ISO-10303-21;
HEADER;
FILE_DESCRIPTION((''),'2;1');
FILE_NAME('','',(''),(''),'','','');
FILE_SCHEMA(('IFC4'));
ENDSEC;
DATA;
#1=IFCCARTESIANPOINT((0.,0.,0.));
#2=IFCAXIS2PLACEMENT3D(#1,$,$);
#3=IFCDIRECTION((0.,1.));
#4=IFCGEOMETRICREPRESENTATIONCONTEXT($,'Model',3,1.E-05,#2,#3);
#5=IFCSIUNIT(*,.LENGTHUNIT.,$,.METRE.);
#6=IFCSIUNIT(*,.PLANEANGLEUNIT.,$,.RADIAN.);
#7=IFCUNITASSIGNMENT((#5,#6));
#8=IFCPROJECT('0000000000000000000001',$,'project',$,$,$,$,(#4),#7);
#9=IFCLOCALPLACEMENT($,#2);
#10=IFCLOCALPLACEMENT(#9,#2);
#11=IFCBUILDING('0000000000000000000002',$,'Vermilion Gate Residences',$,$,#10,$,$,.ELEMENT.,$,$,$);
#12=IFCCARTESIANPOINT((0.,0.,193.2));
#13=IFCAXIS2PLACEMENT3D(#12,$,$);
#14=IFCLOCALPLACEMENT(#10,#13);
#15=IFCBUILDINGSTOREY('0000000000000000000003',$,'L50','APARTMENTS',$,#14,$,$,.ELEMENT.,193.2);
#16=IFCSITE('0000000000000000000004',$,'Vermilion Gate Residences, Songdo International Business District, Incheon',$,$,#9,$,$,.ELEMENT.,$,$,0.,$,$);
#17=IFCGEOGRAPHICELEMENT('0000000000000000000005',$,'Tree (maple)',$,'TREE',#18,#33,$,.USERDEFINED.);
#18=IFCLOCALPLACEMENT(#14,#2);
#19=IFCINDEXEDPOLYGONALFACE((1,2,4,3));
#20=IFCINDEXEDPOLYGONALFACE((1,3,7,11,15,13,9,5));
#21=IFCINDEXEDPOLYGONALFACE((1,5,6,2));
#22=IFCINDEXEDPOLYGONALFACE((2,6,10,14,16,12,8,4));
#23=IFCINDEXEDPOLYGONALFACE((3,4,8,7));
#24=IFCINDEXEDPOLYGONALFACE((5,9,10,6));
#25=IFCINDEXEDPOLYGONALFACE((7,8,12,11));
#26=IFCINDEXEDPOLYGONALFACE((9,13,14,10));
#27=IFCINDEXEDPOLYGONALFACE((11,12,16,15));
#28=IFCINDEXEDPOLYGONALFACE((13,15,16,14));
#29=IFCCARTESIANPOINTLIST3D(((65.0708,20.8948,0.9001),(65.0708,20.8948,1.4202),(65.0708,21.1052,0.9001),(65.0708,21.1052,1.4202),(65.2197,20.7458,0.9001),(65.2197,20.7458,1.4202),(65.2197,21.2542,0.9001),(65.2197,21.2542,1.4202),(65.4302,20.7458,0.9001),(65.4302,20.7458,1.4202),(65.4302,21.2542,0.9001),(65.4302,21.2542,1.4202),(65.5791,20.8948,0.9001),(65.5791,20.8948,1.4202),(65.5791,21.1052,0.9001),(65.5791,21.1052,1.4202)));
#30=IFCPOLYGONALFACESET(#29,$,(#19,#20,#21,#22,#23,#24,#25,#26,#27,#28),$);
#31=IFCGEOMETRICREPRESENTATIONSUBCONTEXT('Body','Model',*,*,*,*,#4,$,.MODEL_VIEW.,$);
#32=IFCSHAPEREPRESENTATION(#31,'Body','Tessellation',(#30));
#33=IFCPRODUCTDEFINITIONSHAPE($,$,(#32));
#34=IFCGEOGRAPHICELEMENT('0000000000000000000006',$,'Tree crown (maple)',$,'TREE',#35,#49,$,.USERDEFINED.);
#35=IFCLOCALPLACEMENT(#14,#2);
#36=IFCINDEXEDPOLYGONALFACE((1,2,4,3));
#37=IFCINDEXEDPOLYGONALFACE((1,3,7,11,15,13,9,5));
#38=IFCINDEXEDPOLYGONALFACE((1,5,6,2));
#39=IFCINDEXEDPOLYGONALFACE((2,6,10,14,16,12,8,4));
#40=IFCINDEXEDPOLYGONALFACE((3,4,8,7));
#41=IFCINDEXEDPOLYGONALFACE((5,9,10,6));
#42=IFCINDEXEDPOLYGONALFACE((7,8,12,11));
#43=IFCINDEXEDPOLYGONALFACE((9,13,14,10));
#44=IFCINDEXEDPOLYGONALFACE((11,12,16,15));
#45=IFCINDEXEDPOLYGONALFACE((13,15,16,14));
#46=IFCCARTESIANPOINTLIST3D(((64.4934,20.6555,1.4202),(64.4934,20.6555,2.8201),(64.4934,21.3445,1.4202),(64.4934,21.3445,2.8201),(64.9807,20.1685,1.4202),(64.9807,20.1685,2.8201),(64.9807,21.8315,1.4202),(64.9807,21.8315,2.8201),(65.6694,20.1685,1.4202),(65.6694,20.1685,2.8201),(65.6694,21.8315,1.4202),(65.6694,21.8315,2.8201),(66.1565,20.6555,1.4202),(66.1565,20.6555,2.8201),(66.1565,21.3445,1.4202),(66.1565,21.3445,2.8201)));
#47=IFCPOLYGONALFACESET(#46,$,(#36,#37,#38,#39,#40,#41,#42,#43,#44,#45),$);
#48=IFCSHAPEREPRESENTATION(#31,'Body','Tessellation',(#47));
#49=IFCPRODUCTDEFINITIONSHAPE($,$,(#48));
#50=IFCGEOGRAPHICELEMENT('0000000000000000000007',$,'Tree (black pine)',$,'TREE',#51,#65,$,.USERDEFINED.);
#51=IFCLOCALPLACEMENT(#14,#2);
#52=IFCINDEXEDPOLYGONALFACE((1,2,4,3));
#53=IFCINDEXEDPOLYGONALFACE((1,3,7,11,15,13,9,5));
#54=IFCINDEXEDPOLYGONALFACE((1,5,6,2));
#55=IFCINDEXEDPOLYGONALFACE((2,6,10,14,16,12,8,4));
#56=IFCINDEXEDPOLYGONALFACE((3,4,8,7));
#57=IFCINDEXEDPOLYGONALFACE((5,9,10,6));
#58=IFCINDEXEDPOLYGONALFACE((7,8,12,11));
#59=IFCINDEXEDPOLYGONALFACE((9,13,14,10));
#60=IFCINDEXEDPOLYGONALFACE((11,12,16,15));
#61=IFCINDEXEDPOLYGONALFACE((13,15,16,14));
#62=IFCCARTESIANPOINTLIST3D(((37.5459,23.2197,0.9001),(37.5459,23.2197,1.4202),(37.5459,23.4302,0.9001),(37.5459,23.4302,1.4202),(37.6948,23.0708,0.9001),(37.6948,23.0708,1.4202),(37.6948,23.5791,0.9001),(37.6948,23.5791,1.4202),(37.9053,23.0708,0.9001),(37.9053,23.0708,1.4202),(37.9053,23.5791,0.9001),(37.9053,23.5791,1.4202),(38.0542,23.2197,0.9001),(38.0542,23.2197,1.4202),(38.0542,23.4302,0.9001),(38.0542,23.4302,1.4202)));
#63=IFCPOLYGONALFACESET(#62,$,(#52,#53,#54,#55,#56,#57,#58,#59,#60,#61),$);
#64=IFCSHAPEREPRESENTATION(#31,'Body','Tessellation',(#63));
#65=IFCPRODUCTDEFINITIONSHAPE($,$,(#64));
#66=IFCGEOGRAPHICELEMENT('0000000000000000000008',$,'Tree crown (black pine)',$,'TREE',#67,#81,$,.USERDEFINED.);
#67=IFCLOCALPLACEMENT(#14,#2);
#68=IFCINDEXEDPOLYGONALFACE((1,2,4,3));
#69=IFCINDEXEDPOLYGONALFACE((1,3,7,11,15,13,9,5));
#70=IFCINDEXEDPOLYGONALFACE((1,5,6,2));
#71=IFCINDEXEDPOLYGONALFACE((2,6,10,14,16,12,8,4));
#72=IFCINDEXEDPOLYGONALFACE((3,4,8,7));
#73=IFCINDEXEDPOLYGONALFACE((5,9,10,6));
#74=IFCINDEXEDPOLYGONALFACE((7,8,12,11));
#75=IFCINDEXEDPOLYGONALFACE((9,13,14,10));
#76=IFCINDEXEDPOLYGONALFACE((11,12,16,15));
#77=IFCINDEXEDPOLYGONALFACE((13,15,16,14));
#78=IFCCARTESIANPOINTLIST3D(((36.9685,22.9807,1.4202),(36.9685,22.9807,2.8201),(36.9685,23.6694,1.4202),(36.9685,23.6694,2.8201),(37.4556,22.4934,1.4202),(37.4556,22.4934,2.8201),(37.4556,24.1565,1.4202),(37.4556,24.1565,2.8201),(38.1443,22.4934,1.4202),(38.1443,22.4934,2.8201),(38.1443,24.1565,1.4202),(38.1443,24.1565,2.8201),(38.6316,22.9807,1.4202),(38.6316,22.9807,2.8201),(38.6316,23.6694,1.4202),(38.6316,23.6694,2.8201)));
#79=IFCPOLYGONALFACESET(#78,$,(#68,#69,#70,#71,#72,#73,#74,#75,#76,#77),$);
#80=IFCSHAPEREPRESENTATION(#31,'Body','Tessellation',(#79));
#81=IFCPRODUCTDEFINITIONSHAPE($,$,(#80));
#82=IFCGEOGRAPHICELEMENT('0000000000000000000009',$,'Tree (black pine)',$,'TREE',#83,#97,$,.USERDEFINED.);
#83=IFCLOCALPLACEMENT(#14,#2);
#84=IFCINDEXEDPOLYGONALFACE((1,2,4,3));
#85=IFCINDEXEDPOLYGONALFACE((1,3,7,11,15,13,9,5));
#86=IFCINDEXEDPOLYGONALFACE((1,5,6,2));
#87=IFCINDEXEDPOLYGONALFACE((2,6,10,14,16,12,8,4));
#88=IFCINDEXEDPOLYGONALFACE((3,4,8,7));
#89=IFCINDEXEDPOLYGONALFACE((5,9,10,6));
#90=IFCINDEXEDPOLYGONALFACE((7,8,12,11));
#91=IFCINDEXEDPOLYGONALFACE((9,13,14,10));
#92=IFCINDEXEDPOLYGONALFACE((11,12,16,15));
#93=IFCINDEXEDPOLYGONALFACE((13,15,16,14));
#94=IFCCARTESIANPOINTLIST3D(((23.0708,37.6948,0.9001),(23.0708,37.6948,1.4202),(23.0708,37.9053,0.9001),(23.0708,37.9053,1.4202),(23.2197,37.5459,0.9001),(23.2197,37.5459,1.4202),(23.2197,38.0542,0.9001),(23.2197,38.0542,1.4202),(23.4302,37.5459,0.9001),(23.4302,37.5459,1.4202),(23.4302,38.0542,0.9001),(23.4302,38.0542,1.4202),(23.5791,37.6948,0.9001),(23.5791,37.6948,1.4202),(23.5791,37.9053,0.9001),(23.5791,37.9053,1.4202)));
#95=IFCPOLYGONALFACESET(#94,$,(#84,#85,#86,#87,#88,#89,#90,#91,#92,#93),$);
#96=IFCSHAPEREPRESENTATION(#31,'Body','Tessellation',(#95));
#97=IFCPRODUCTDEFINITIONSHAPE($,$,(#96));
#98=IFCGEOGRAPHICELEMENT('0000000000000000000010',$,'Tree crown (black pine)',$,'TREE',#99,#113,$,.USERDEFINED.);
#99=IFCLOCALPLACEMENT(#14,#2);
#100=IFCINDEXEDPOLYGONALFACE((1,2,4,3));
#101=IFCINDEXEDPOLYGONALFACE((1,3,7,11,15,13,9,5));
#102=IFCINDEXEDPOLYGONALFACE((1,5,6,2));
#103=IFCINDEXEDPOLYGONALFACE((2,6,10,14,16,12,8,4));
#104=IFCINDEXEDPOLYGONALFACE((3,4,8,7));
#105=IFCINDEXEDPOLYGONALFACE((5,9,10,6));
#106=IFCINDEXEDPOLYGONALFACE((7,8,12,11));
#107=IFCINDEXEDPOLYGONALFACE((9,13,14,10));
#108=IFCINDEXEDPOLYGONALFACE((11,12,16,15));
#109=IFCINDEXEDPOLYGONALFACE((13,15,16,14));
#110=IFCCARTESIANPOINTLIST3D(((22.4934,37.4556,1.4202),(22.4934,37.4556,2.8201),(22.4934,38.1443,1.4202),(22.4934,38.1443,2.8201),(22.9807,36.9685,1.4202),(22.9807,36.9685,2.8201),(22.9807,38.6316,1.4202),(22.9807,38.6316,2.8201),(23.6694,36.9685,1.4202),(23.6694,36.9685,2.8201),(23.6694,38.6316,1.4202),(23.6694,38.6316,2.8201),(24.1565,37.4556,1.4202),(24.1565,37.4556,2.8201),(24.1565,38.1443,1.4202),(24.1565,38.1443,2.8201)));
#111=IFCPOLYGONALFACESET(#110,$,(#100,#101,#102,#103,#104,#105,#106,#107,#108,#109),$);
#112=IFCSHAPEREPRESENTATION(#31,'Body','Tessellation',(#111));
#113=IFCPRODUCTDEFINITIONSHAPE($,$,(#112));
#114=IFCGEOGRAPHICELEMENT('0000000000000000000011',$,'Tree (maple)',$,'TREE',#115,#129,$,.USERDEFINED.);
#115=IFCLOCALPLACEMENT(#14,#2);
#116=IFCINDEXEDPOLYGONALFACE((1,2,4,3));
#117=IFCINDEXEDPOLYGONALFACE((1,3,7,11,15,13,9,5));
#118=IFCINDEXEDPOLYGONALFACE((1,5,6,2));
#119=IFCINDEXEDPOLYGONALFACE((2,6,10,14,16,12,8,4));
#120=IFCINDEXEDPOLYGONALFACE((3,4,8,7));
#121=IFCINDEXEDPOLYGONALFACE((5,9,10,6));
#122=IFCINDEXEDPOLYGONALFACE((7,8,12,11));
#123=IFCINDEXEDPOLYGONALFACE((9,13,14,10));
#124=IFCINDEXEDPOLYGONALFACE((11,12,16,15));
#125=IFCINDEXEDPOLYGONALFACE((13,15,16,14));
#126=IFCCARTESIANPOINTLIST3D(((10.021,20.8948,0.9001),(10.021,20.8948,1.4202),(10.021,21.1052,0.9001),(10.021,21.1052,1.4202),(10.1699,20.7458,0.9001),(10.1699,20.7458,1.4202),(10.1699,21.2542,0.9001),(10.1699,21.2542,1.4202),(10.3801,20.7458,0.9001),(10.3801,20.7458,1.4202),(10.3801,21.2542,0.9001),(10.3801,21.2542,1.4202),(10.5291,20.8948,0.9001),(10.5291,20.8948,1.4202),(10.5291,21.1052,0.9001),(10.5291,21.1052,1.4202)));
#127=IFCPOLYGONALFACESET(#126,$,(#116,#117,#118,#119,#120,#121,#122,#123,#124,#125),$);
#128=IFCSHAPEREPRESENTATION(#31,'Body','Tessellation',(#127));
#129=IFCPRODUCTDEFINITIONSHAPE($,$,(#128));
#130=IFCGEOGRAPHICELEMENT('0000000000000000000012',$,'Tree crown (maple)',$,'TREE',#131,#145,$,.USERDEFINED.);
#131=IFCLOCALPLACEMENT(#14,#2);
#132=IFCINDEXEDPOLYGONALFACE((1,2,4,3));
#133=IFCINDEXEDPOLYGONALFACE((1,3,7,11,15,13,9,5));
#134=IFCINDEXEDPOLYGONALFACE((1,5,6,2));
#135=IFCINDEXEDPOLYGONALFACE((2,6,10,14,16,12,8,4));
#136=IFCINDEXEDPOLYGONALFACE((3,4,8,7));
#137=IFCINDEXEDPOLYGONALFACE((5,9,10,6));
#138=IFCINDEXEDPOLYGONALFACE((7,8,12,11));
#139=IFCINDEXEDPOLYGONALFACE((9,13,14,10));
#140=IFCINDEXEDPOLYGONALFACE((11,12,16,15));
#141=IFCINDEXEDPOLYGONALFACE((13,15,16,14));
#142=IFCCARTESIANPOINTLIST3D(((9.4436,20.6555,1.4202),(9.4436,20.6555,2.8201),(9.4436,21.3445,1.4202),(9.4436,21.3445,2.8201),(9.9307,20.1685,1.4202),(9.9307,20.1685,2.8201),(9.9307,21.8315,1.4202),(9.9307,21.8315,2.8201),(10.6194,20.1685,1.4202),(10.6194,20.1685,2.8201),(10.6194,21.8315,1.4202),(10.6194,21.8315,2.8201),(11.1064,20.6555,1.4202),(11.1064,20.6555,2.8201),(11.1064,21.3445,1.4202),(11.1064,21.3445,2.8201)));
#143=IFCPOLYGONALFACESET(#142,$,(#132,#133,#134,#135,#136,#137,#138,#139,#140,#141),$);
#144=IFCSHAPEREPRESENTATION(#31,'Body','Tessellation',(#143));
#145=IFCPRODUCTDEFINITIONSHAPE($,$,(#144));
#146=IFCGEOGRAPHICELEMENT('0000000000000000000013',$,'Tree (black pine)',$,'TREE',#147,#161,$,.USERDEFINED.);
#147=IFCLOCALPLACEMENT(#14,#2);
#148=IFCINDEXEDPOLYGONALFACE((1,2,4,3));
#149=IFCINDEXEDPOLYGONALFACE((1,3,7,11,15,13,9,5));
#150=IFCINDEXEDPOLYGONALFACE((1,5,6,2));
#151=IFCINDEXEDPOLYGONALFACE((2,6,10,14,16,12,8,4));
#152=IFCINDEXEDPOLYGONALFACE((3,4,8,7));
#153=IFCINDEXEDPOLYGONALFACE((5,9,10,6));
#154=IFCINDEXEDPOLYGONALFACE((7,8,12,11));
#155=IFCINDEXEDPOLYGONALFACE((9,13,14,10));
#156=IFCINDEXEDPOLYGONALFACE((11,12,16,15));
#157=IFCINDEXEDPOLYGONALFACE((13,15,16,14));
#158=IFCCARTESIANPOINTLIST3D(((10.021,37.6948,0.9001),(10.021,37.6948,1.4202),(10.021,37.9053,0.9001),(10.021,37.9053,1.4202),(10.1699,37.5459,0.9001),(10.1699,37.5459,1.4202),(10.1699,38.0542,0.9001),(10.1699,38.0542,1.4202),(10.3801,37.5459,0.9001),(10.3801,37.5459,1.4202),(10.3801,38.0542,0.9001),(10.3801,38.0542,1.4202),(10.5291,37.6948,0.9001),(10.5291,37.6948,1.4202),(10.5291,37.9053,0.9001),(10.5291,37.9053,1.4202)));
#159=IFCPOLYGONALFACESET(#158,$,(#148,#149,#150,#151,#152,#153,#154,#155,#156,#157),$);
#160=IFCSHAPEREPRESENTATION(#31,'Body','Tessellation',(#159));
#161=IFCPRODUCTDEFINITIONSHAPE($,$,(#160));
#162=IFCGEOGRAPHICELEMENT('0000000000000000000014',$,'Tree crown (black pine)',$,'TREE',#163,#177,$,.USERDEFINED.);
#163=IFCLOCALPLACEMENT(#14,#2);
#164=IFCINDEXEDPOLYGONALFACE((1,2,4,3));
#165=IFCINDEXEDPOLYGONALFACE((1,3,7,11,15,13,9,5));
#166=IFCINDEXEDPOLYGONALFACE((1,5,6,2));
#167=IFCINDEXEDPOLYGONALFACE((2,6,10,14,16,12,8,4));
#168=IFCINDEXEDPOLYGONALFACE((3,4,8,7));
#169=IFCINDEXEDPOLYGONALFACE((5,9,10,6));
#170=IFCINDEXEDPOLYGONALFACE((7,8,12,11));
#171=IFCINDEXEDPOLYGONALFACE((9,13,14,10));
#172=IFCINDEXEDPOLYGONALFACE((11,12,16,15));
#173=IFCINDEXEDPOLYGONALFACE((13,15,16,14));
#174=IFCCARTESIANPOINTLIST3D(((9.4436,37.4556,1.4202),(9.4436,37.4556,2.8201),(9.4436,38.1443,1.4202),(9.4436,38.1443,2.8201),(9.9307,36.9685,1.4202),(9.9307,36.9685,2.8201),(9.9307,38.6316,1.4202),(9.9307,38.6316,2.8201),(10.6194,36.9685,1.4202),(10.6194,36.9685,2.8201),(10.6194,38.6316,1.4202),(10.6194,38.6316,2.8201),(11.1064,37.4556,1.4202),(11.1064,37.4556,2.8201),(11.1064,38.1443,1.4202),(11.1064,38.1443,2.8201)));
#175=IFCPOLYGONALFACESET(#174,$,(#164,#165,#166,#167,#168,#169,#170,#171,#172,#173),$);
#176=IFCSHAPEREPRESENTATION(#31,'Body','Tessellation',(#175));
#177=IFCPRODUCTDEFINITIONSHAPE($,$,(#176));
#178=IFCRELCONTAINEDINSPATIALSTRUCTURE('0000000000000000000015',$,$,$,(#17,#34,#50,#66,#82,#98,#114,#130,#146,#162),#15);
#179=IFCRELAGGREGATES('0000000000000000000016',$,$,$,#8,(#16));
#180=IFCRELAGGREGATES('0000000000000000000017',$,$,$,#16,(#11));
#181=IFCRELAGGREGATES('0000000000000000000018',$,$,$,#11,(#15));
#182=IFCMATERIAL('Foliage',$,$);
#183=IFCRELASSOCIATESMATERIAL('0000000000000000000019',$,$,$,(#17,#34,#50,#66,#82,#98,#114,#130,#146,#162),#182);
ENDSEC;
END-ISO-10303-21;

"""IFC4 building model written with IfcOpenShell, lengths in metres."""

from ifc_helpers import new_model, si_unit, direction, frame, origin, place, context, subcontext, project, spatial, polyline, outline, extrude, material, element, save


model = new_model("IFC4")

# Units and contexts
model_context = context("Model", 3, precision=1e-05, world=origin(), true_north=direction((0.0, 1.0)))
body_context = subcontext(model_context, "Body", "Model", "MODEL_VIEW")
ifc_project = project(units=[si_unit("LENGTHUNIT", "METRE"), si_unit("PLANEANGLEUNIT", "RADIAN")], contexts=[model_context])

# Site, building, storey
site_placement = place(None, origin())
site = spatial("IfcSite", under=ifc_project, at=site_placement, Name="Vermilion Gate Residences, Songdo International Business District, Incheon", CompositionType="ELEMENT", RefElevation=0.0)
building_placement = place(site_placement, origin())
building = spatial("IfcBuilding", under=site, at=building_placement, Name="Vermilion Gate Residences", CompositionType="ELEMENT")
storey_placement = place(building_placement, frame((0.0, 0.0, 193.2)))
storey = spatial("IfcBuildingStorey", under=building, at=storey_placement, Name="L50", Description="APARTMENTS", CompositionType="ELEMENT", Elevation=193.2)

# Geographic elements
ifc_material_1 = material(Name="Foliage")
geographic_element_1_placement = place(storey_placement, frame((0.0, 0.0, 0.9001)))
element("IfcGeographicElement", 1, at=geographic_element_1_placement, inside=storey, material=ifc_material_1, Name="Tree (maple)", ObjectType="TREE", PredefinedType="USERDEFINED", context=body_context, shape_type="SweptSolid", body=[
    extrude(outline(polyline([(65.5791, 21.1052), (65.4302, 21.2542), (65.2197, 21.2542), (65.0708, 21.1052), (65.0708, 20.8948), (65.2197, 20.7458), (65.4302, 20.7458), (65.5791, 20.8948), (65.5791, 21.1052)])), origin(), (0.0, 0.0, 1.0), 0.52),
])
geographic_element_2_placement = place(storey_placement, frame((0.0, 0.0, 1.4202)))
element("IfcGeographicElement", 2, at=geographic_element_2_placement, inside=storey, material=ifc_material_1, Name="Tree crown (maple)", ObjectType="TREE", PredefinedType="USERDEFINED", context=body_context, shape_type="SweptSolid", body=[
    extrude(outline(polyline([(66.1565, 21.3445), (65.6694, 21.8315), (64.9807, 21.8315), (64.4934, 21.3445), (64.4934, 20.6555), (64.9807, 20.1685), (65.6694, 20.1685), (66.1565, 20.6555), (66.1565, 21.3445)])), origin(), (0.0, 0.0, 1.0), 1.3999),
])
geographic_element_3_placement = place(storey_placement, frame((0.0, 0.0, 0.9001)))
element("IfcGeographicElement", 3, at=geographic_element_3_placement, inside=storey, material=ifc_material_1, Name="Tree (black pine)", ObjectType="TREE", PredefinedType="USERDEFINED", context=body_context, shape_type="SweptSolid", body=[
    extrude(outline(polyline([(38.0542, 23.4302), (37.9053, 23.5791), (37.6948, 23.5791), (37.5459, 23.4302), (37.5459, 23.2197), (37.6948, 23.0708), (37.9053, 23.0708), (38.0542, 23.2197), (38.0542, 23.4302)])), origin(), (0.0, 0.0, 1.0), 0.52),
])
geographic_element_4_placement = place(storey_placement, frame((0.0, 0.0, 1.4202)))
element("IfcGeographicElement", 4, at=geographic_element_4_placement, inside=storey, material=ifc_material_1, Name="Tree crown (black pine)", ObjectType="TREE", PredefinedType="USERDEFINED", context=body_context, shape_type="SweptSolid", body=[
    extrude(outline(polyline([(38.6316, 23.6694), (38.1443, 24.1565), (37.4556, 24.1565), (36.9685, 23.6694), (36.9685, 22.9807), (37.4556, 22.4934), (38.1443, 22.4934), (38.6316, 22.9807), (38.6316, 23.6694)])), origin(), (0.0, 0.0, 1.0), 1.3999),
])
geographic_element_5_placement = place(storey_placement, frame((0.0, 0.0, 0.9001)))
element("IfcGeographicElement", 5, at=geographic_element_5_placement, inside=storey, material=ifc_material_1, Name="Tree (black pine)", ObjectType="TREE", PredefinedType="USERDEFINED", context=body_context, shape_type="SweptSolid", body=[
    extrude(outline(polyline([(23.5791, 37.9053), (23.4302, 38.0542), (23.2197, 38.0542), (23.0708, 37.9053), (23.0708, 37.6948), (23.2197, 37.5459), (23.4302, 37.5459), (23.5791, 37.6948), (23.5791, 37.9053)])), origin(), (0.0, 0.0, 1.0), 0.52),
])
geographic_element_6_placement = place(storey_placement, frame((0.0, 0.0, 1.4202)))
element("IfcGeographicElement", 6, at=geographic_element_6_placement, inside=storey, material=ifc_material_1, Name="Tree crown (black pine)", ObjectType="TREE", PredefinedType="USERDEFINED", context=body_context, shape_type="SweptSolid", body=[
    extrude(outline(polyline([(24.1565, 38.1443), (23.6694, 38.6316), (22.9807, 38.6316), (22.4934, 38.1443), (22.4934, 37.4556), (22.9807, 36.9685), (23.6694, 36.9685), (24.1565, 37.4556), (24.1565, 38.1443)])), origin(), (0.0, 0.0, 1.0), 1.3999),
])
geographic_element_7_placement = place(storey_placement, frame((0.0, 0.0, 0.9001)))
element("IfcGeographicElement", 7, at=geographic_element_7_placement, inside=storey, material=ifc_material_1, Name="Tree (maple)", ObjectType="TREE", PredefinedType="USERDEFINED", context=body_context, shape_type="SweptSolid", body=[
    extrude(outline(polyline([(10.5291, 21.1052), (10.3801, 21.2542), (10.1699, 21.2542), (10.021, 21.1052), (10.021, 20.8948), (10.1699, 20.7458), (10.3801, 20.7458), (10.5291, 20.8948), (10.5291, 21.1052)])), origin(), (0.0, 0.0, 1.0), 0.52),
])
geographic_element_8_placement = place(storey_placement, frame((0.0, 0.0, 1.4202)))
element("IfcGeographicElement", 8, at=geographic_element_8_placement, inside=storey, material=ifc_material_1, Name="Tree crown (maple)", ObjectType="TREE", PredefinedType="USERDEFINED", context=body_context, shape_type="SweptSolid", body=[
    extrude(outline(polyline([(11.1064, 21.3445), (10.6194, 21.8315), (9.9307, 21.8315), (9.4436, 21.3445), (9.4436, 20.6555), (9.9307, 20.1685), (10.6194, 20.1685), (11.1064, 20.6555), (11.1064, 21.3445)])), origin(), (0.0, 0.0, 1.0), 1.3999),
])
geographic_element_9_placement = place(storey_placement, frame((0.0, 0.0, 0.9001)))
element("IfcGeographicElement", 9, at=geographic_element_9_placement, inside=storey, material=ifc_material_1, Name="Tree (black pine)", ObjectType="TREE", PredefinedType="USERDEFINED", context=body_context, shape_type="SweptSolid", body=[
    extrude(outline(polyline([(10.5291, 37.9053), (10.3801, 38.0542), (10.1699, 38.0542), (10.021, 37.9053), (10.021, 37.6948), (10.1699, 37.5459), (10.3801, 37.5459), (10.5291, 37.6948), (10.5291, 37.9053)])), origin(), (0.0, 0.0, 1.0), 0.52),
])
geographic_element_10_placement = place(storey_placement, frame((0.0, 0.0, 1.4202)))
element("IfcGeographicElement", 10, at=geographic_element_10_placement, inside=storey, material=ifc_material_1, Name="Tree crown (black pine)", ObjectType="TREE", PredefinedType="USERDEFINED", context=body_context, shape_type="SweptSolid", body=[
    extrude(outline(polyline([(11.1064, 38.1443), (10.6194, 38.6316), (9.9307, 38.6316), (9.4436, 38.1443), (9.4436, 37.4556), (9.9307, 36.9685), (10.6194, 36.9685), (11.1064, 37.4556), (11.1064, 38.1443)])), origin(), (0.0, 0.0, 1.0), 1.3999),
])

save(model, "model.ifc")
